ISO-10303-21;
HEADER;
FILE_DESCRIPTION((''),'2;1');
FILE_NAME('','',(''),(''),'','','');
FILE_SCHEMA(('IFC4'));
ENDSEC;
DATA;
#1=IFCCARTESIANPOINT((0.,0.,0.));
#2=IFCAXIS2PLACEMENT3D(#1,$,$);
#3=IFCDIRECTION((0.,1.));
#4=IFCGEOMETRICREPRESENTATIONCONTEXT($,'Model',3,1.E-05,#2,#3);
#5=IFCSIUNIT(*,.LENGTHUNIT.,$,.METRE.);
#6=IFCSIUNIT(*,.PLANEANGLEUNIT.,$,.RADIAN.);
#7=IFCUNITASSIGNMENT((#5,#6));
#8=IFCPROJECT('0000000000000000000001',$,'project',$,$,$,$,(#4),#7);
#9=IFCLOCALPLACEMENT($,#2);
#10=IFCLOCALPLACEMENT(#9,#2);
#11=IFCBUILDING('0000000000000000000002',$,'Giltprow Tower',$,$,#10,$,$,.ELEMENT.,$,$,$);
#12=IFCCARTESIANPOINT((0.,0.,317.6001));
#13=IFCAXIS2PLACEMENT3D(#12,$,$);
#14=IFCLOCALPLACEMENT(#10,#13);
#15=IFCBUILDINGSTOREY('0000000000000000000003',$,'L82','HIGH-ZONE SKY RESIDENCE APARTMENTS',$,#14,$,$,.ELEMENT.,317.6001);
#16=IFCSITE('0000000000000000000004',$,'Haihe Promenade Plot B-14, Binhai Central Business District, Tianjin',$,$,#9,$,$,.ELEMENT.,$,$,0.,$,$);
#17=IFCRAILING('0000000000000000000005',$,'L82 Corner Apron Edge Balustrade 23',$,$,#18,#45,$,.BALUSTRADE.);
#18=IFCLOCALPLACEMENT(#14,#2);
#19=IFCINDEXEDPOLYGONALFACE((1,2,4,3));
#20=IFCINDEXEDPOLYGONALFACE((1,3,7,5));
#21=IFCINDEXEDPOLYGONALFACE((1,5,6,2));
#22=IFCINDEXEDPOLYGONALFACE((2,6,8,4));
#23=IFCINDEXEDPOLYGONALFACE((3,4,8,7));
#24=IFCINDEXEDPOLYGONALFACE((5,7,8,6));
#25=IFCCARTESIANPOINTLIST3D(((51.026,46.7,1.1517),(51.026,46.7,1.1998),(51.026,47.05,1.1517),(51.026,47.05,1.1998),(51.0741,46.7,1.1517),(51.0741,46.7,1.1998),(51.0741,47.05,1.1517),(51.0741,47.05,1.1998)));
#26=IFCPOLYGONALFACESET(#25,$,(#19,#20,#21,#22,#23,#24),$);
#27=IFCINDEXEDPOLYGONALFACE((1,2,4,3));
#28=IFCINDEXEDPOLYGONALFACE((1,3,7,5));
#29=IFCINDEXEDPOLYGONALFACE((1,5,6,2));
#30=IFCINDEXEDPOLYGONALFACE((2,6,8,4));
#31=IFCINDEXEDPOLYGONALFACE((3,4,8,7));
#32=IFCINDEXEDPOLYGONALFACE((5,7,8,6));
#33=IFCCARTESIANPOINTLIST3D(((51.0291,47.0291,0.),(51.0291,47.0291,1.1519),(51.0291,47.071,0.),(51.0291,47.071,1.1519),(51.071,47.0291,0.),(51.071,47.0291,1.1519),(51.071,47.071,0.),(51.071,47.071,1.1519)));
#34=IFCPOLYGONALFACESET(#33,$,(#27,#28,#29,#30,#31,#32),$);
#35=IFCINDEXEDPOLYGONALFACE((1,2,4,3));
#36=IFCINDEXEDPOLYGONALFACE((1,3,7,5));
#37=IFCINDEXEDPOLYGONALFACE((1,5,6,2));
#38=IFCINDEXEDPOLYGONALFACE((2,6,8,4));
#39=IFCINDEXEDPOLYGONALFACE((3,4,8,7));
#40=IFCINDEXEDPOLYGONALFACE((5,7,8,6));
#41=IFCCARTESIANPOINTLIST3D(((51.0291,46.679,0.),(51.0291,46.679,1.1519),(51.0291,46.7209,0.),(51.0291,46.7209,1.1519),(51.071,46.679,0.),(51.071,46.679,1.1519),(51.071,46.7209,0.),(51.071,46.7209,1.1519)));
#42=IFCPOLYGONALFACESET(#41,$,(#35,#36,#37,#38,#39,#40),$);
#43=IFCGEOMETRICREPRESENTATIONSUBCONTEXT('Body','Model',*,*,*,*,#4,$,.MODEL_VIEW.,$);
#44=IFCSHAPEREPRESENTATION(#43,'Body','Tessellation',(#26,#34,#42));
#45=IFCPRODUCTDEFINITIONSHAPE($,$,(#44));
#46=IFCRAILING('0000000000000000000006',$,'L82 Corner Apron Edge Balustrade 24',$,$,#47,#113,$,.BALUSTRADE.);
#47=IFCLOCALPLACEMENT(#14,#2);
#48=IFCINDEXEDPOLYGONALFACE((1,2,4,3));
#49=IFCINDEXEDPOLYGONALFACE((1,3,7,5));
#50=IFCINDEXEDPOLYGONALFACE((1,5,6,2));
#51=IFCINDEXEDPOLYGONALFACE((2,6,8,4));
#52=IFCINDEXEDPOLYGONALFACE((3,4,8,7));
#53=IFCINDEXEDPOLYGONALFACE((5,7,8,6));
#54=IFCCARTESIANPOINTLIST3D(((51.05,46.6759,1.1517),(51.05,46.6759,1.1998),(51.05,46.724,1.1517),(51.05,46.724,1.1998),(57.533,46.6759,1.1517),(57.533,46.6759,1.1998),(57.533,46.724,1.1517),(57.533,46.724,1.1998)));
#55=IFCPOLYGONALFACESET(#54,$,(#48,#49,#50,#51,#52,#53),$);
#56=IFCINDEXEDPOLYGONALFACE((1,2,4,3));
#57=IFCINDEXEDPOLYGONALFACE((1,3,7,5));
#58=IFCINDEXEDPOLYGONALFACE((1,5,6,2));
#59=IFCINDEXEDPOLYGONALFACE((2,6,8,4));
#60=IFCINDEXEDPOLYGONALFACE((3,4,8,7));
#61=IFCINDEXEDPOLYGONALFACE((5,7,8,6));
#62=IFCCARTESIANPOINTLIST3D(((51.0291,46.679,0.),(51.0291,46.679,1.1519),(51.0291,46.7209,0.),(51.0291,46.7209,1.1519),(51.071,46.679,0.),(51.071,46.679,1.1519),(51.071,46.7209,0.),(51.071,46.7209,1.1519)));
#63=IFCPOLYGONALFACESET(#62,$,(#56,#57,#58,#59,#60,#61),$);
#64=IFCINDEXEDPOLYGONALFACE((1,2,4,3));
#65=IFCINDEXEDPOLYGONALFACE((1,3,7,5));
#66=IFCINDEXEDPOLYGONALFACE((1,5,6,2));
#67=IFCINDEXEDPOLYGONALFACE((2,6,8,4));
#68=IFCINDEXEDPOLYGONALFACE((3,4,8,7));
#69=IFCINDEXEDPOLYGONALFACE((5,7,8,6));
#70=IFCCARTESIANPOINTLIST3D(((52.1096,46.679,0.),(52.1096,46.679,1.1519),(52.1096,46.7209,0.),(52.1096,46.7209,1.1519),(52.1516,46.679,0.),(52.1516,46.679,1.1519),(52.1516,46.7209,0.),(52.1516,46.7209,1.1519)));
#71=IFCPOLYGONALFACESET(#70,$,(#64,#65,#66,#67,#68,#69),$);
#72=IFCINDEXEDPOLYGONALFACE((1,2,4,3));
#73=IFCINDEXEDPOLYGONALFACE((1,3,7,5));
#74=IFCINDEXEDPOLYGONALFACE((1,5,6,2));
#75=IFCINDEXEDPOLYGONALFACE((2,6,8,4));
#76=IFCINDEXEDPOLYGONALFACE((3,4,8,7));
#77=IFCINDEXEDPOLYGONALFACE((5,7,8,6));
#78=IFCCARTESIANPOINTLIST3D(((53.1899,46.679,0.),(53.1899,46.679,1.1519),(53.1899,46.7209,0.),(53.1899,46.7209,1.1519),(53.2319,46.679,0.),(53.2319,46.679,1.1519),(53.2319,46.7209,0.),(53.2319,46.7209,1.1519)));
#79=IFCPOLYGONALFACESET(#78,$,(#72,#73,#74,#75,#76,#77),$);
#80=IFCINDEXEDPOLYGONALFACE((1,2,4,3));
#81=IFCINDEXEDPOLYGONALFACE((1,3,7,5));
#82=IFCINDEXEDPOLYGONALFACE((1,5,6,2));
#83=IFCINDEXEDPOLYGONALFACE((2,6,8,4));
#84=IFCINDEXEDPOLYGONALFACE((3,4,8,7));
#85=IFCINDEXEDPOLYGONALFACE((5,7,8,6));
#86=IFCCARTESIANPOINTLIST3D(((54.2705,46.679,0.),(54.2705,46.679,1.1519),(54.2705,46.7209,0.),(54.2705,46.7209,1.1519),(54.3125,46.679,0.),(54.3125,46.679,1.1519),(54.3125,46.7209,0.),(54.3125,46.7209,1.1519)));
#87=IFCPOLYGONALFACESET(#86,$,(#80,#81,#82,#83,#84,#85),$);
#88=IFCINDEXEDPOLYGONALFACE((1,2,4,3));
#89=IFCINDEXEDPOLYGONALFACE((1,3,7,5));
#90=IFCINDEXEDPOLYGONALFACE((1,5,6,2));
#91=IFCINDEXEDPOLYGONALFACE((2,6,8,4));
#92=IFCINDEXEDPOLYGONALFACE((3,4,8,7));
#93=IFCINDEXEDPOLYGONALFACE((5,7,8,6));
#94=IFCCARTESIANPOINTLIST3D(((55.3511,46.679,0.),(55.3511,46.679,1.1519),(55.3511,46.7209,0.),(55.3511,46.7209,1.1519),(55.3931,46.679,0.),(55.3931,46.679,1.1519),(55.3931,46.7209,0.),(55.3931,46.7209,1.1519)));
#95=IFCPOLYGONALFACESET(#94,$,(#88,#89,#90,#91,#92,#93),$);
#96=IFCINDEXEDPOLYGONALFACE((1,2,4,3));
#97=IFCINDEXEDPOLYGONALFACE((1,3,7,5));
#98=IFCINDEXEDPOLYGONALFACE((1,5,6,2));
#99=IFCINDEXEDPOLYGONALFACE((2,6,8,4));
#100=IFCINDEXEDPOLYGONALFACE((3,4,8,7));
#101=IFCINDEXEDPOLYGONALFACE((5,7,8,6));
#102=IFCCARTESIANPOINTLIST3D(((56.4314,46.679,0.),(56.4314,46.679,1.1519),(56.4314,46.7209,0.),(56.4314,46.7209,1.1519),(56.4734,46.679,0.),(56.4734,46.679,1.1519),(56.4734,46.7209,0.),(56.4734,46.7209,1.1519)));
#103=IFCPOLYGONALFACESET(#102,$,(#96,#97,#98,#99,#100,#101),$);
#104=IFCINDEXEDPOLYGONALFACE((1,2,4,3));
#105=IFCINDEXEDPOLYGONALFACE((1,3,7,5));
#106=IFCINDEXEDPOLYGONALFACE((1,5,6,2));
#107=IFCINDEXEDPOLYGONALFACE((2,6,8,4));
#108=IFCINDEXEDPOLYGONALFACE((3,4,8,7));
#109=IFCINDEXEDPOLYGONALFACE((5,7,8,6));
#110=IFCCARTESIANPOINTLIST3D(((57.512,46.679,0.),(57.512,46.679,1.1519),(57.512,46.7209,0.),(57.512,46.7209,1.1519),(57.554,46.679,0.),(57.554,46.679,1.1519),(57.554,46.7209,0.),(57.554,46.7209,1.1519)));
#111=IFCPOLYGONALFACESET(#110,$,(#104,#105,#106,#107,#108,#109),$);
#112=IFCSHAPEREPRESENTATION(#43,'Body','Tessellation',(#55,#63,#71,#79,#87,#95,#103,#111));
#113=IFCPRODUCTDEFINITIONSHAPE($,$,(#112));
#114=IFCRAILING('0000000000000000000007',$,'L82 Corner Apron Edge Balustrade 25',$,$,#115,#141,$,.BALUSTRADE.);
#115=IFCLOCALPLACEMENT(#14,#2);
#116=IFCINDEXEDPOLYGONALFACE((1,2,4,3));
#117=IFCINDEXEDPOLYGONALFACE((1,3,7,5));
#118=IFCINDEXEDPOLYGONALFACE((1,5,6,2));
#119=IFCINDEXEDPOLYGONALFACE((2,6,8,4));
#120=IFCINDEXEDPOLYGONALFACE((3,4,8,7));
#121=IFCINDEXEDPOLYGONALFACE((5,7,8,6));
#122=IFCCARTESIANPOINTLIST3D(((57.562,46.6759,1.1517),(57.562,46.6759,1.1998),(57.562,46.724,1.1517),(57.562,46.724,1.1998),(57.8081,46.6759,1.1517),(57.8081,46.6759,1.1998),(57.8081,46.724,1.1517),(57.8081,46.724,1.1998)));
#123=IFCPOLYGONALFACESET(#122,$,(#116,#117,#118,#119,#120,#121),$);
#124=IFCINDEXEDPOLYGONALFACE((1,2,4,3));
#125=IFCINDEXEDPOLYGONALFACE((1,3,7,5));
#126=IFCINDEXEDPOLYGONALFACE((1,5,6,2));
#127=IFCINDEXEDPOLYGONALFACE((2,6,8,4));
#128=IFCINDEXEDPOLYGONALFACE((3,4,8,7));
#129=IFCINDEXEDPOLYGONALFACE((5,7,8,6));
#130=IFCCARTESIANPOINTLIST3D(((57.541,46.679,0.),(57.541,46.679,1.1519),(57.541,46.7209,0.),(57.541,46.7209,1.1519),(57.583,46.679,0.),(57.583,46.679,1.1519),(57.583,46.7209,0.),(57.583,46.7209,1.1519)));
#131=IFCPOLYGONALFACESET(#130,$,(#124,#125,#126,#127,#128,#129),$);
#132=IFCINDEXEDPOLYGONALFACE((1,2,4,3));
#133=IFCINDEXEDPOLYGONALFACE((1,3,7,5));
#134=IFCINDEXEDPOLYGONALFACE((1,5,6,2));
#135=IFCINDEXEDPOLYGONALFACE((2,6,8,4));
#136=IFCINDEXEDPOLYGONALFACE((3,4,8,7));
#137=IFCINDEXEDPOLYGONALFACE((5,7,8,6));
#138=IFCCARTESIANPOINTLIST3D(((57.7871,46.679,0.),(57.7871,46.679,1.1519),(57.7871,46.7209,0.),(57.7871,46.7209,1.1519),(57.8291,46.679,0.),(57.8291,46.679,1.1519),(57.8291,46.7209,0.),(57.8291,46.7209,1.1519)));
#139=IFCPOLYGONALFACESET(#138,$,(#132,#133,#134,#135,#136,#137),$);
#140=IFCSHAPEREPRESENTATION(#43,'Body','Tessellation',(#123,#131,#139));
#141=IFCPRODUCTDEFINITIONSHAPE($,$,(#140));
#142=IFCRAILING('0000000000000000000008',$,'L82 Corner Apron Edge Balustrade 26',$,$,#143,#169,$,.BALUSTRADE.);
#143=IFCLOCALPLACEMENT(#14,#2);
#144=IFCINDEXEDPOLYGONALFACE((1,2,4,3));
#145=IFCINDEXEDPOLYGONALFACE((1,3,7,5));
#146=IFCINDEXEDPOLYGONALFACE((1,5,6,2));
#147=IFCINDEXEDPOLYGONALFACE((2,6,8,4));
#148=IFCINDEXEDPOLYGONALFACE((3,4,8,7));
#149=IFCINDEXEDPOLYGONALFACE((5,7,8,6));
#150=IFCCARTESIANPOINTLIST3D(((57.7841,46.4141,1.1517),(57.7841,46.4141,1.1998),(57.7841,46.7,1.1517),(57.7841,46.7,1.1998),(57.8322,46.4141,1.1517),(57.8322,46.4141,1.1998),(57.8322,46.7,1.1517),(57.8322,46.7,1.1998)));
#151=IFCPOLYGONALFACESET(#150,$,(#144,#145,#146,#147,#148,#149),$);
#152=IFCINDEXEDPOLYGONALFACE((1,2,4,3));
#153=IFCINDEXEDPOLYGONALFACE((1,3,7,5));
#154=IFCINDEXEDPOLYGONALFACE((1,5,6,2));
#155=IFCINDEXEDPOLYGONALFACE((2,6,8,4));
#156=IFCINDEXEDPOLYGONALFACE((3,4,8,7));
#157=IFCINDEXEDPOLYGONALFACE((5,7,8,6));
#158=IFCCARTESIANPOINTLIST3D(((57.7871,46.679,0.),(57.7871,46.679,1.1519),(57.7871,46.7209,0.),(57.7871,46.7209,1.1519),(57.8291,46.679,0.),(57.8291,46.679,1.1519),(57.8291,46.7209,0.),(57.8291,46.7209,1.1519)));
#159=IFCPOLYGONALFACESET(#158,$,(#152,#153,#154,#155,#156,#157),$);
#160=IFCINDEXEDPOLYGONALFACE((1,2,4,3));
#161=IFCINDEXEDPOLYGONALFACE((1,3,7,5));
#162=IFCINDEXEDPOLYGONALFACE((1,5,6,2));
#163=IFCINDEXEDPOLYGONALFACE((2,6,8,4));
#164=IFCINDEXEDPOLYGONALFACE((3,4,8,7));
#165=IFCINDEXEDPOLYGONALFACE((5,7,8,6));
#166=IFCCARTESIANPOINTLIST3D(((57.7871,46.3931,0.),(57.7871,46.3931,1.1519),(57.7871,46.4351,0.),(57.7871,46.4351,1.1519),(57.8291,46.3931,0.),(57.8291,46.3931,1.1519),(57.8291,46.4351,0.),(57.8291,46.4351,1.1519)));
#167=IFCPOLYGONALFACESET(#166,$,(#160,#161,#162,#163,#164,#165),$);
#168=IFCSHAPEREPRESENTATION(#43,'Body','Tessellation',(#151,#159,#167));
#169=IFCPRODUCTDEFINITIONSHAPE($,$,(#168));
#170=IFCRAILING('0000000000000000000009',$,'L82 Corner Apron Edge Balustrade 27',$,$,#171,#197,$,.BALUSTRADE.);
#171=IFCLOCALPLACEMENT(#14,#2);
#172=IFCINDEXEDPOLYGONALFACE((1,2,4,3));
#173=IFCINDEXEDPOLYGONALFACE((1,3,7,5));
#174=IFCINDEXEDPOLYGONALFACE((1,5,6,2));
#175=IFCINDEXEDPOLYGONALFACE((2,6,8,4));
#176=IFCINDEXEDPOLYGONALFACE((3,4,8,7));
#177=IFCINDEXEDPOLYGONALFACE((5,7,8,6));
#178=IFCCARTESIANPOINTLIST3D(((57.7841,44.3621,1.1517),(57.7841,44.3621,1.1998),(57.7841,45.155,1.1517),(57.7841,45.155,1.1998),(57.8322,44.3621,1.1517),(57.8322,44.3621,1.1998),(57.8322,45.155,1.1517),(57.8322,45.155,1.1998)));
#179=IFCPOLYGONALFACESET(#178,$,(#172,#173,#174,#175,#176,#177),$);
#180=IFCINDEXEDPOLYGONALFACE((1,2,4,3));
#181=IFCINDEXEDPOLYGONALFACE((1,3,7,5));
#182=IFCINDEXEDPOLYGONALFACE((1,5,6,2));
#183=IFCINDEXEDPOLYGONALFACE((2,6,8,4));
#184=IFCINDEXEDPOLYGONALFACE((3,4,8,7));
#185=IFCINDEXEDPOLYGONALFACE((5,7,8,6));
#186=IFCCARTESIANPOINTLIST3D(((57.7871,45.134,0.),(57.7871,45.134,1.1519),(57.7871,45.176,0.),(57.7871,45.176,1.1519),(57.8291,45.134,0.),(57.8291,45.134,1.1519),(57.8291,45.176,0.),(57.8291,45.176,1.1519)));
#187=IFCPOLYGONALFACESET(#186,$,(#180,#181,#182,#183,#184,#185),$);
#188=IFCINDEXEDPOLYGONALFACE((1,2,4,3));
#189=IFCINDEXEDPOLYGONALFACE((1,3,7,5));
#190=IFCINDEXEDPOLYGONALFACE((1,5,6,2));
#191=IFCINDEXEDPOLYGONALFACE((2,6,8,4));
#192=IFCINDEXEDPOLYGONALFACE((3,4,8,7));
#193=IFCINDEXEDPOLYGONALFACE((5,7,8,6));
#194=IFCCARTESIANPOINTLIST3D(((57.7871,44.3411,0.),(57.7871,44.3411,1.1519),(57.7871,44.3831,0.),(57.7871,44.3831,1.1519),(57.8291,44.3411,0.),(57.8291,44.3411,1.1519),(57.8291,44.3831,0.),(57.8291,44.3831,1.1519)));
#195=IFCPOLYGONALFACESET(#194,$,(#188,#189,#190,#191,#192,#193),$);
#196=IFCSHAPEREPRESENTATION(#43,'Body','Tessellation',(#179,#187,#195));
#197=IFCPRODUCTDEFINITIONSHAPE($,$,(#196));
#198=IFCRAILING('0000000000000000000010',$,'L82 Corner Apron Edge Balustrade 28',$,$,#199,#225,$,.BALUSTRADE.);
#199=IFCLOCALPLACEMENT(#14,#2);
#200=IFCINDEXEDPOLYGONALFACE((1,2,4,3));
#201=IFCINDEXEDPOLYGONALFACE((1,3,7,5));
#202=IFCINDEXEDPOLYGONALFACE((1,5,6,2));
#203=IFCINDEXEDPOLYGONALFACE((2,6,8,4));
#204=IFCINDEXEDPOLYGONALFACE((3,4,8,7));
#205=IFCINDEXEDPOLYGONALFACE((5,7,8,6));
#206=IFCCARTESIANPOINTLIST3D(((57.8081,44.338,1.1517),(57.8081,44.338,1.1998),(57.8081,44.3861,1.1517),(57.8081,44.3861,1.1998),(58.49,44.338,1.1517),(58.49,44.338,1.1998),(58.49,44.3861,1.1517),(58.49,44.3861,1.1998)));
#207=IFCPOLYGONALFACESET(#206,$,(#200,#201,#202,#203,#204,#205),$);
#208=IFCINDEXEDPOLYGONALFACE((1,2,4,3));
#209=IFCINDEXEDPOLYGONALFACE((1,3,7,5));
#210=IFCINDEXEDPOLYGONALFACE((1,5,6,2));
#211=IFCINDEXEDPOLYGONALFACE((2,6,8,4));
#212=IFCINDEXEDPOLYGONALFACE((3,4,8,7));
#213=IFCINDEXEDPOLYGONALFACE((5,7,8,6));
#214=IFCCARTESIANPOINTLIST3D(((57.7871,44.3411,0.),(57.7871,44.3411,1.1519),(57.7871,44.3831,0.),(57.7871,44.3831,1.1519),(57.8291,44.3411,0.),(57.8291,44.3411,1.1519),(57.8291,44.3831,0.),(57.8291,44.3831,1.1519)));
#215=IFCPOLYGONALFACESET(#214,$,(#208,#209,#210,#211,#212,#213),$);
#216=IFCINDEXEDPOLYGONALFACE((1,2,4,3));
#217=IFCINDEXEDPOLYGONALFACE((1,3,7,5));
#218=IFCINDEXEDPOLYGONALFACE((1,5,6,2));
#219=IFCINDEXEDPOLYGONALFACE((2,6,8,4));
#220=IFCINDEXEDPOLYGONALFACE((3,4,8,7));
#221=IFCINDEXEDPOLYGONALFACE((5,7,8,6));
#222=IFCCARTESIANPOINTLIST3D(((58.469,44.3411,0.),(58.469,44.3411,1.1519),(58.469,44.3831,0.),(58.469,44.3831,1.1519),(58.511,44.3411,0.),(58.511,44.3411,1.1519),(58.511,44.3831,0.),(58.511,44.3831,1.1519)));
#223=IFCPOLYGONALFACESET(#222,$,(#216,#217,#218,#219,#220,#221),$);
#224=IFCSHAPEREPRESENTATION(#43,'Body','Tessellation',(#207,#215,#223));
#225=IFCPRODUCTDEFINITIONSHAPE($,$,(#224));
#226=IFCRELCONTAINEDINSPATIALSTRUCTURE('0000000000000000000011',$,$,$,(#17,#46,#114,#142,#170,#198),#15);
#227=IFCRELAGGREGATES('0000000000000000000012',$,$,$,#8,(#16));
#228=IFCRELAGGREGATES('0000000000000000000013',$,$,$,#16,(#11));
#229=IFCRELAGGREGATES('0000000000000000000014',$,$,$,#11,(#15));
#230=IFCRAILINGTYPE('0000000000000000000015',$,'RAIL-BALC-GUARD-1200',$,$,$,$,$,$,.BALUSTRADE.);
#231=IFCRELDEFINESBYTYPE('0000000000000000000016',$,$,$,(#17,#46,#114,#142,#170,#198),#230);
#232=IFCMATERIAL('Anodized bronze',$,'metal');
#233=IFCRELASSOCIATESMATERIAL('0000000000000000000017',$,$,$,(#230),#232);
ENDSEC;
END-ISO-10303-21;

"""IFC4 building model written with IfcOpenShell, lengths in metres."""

from ifc_helpers import new_model, si_unit, direction, frame, origin, origin_2d, place, context, subcontext, project, spatial, rectangle, extrude, material, type_object, element, save


model = new_model("IFC4")

# Units and contexts
model_context = context("Model", 3, precision=1e-05, world=origin(), true_north=direction((0.0, 1.0)))
body_context = subcontext(model_context, "Body", "Model", "MODEL_VIEW")
ifc_project = project(units=[si_unit("LENGTHUNIT", "METRE"), si_unit("PLANEANGLEUNIT", "RADIAN")], contexts=[model_context])

# Site, building, storey
site_placement = place(None, origin())
site = spatial("IfcSite", under=ifc_project, at=site_placement, Name="Haihe Promenade Plot B-14, Binhai Central Business District, Tianjin", CompositionType="ELEMENT", RefElevation=0.0)
building_placement = place(site_placement, origin())
building = spatial("IfcBuilding", under=site, at=building_placement, Name="Giltprow Tower", CompositionType="ELEMENT")
storey_placement = place(building_placement, frame((0.0, 0.0, 317.6001)))
storey = spatial("IfcBuildingStorey", under=building, at=storey_placement, Name="L82", Description="HIGH-ZONE SKY RESIDENCE APARTMENTS", CompositionType="ELEMENT", Elevation=317.6001)

# Railings
ifc_material_1 = material(Name="Anodized bronze", Category="metal")
railing_type = type_object("IfcRailingType", Name="RAIL-BALC-GUARD-1200", PredefinedType="BALUSTRADE", material=ifc_material_1)
railing_1_placement = place(storey_placement, frame((51.05, 47.05, 0.0)))
element("IfcRailing", 1, at=railing_1_placement, inside=storey, type_object=railing_type, Name="L82 Corner Apron Edge Balustrade 23", PredefinedType="BALUSTRADE", context=body_context, shape_type="SweptSolid", body=[
    extrude(rectangle(XDim=0.0481, YDim=0.0481, at=origin_2d()), frame((0.0, 0.0, 1.1758), z_axis=(0.0, -1.0, 0.0), x_axis=(1.0, 0.0, 0.0)), (0.0, 0.0, 1.0), 0.3501),
    extrude(rectangle(XDim=0.042, YDim=0.042, at=origin_2d()), origin(), (0.0, 0.0, 1.0), 1.1519),
    extrude(rectangle(XDim=0.042, YDim=0.042, at=origin_2d()), frame((0.0, -0.3501, 0.0)), (0.0, 0.0, 1.0), 1.1519),
])
railing_2_placement = place(storey_placement, frame((51.05, 46.7, 0.0)))
element("IfcRailing", 2, at=railing_2_placement, inside=storey, type_object=railing_type, Name="L82 Corner Apron Edge Balustrade 24", PredefinedType="BALUSTRADE", context=body_context, shape_type="SweptSolid", body=[
    extrude(rectangle(XDim=0.0481, YDim=0.0481, at=origin_2d()), frame((0.0, 0.0, 1.1758), z_axis=(1.0, 0.0, 0.0), x_axis=(0.0, 1.0, 0.0)), (0.0, 0.0, 1.0), 6.4829),
    extrude(rectangle(XDim=0.042, YDim=0.042, at=origin_2d()), origin(), (0.0, 0.0, 1.0), 1.1519),
    extrude(rectangle(XDim=0.042, YDim=0.042, at=origin_2d()), frame((1.0806, 0.0, 0.0)), (0.0, 0.0, 1.0), 1.1519),
    extrude(rectangle(XDim=0.042, YDim=0.042, at=origin_2d()), frame((2.1609, 0.0, 0.0)), (0.0, 0.0, 1.0), 1.1519),
    extrude(rectangle(XDim=0.042, YDim=0.042, at=origin_2d()), frame((3.2415, 0.0, 0.0)), (0.0, 0.0, 1.0), 1.1519),
    extrude(rectangle(XDim=0.042, YDim=0.042, at=origin_2d()), frame((4.322, 0.0, 0.0)), (0.0, 0.0, 1.0), 1.1519),
    extrude(rectangle(XDim=0.042, YDim=0.042, at=origin_2d()), frame((5.4023, 0.0, 0.0)), (0.0, 0.0, 1.0), 1.1519),
    extrude(rectangle(XDim=0.042, YDim=0.042, at=origin_2d()), frame((6.4829, 0.0, 0.0)), (0.0, 0.0, 1.0), 1.1519),
])
railing_3_placement = place(storey_placement, frame((57.562, 46.7, 0.0)))
element("IfcRailing", 3, at=railing_3_placement, inside=storey, type_object=railing_type, Name="L82 Corner Apron Edge Balustrade 25", PredefinedType="BALUSTRADE", context=body_context, shape_type="SweptSolid", body=[
    extrude(rectangle(XDim=0.0481, YDim=0.0481, at=origin_2d()), frame((0.0, 0.0, 1.1758), z_axis=(1.0, 0.0, 0.0), x_axis=(0.0, 1.0, 0.0)), (0.0, 0.0, 1.0), 0.2461),
    extrude(rectangle(XDim=0.042, YDim=0.042, at=origin_2d()), origin(), (0.0, 0.0, 1.0), 1.1519),
    extrude(rectangle(XDim=0.042, YDim=0.042, at=origin_2d()), frame((0.2461, 0.0, 0.0)), (0.0, 0.0, 1.0), 1.1519),
])
railing_4_placement = place(storey_placement, frame((57.8081, 46.7, 0.0)))
element("IfcRailing", 4, at=railing_4_placement, inside=storey, type_object=railing_type, Name="L82 Corner Apron Edge Balustrade 26", PredefinedType="BALUSTRADE", context=body_context, shape_type="SweptSolid", body=[
    extrude(rectangle(XDim=0.0481, YDim=0.0481, at=origin_2d()), frame((0.0, 0.0, 1.1758), z_axis=(0.0, -1.0, 0.0), x_axis=(1.0, 0.0, 0.0)), (0.0, 0.0, 1.0), 0.2859),
    extrude(rectangle(XDim=0.042, YDim=0.042, at=origin_2d()), origin(), (0.0, 0.0, 1.0), 1.1519),
    extrude(rectangle(XDim=0.042, YDim=0.042, at=origin_2d()), frame((0.0, -0.2859, 0.0)), (0.0, 0.0, 1.0), 1.1519),
])
railing_5_placement = place(storey_placement, frame((57.8081, 45.155, 0.0)))
element("IfcRailing", 5, at=railing_5_placement, inside=storey, type_object=railing_type, Name="L82 Corner Apron Edge Balustrade 27", PredefinedType="BALUSTRADE", context=body_context, shape_type="SweptSolid", body=[
    extrude(rectangle(XDim=0.0481, YDim=0.0481, at=origin_2d()), frame((0.0, 0.0, 1.1758), z_axis=(0.0, -1.0, 0.0), x_axis=(1.0, 0.0, 0.0)), (0.0, 0.0, 1.0), 0.793),
    extrude(rectangle(XDim=0.042, YDim=0.042, at=origin_2d()), origin(), (0.0, 0.0, 1.0), 1.1519),
    extrude(rectangle(XDim=0.042, YDim=0.042, at=origin_2d()), frame((0.0, -0.793, 0.0)), (0.0, 0.0, 1.0), 1.1519),
])
railing_6_placement = place(storey_placement, frame((57.8081, 44.3621, 0.0)))
element("IfcRailing", 6, at=railing_6_placement, inside=storey, type_object=railing_type, Name="L82 Corner Apron Edge Balustrade 28", PredefinedType="BALUSTRADE", context=body_context, shape_type="SweptSolid", body=[
    extrude(rectangle(XDim=0.0481, YDim=0.0481, at=origin_2d()), frame((0.0, 0.0, 1.1758), z_axis=(1.0, 0.0, 0.0), x_axis=(0.0, 1.0, 0.0)), (0.0, 0.0, 1.0), 0.6819),
    extrude(rectangle(XDim=0.042, YDim=0.042, at=origin_2d()), origin(), (0.0, 0.0, 1.0), 1.1519),
    extrude(rectangle(XDim=0.042, YDim=0.042, at=origin_2d()), frame((0.6819, 0.0, 0.0)), (0.0, 0.0, 1.0), 1.1519),
])

save(model, "model.ifc")
